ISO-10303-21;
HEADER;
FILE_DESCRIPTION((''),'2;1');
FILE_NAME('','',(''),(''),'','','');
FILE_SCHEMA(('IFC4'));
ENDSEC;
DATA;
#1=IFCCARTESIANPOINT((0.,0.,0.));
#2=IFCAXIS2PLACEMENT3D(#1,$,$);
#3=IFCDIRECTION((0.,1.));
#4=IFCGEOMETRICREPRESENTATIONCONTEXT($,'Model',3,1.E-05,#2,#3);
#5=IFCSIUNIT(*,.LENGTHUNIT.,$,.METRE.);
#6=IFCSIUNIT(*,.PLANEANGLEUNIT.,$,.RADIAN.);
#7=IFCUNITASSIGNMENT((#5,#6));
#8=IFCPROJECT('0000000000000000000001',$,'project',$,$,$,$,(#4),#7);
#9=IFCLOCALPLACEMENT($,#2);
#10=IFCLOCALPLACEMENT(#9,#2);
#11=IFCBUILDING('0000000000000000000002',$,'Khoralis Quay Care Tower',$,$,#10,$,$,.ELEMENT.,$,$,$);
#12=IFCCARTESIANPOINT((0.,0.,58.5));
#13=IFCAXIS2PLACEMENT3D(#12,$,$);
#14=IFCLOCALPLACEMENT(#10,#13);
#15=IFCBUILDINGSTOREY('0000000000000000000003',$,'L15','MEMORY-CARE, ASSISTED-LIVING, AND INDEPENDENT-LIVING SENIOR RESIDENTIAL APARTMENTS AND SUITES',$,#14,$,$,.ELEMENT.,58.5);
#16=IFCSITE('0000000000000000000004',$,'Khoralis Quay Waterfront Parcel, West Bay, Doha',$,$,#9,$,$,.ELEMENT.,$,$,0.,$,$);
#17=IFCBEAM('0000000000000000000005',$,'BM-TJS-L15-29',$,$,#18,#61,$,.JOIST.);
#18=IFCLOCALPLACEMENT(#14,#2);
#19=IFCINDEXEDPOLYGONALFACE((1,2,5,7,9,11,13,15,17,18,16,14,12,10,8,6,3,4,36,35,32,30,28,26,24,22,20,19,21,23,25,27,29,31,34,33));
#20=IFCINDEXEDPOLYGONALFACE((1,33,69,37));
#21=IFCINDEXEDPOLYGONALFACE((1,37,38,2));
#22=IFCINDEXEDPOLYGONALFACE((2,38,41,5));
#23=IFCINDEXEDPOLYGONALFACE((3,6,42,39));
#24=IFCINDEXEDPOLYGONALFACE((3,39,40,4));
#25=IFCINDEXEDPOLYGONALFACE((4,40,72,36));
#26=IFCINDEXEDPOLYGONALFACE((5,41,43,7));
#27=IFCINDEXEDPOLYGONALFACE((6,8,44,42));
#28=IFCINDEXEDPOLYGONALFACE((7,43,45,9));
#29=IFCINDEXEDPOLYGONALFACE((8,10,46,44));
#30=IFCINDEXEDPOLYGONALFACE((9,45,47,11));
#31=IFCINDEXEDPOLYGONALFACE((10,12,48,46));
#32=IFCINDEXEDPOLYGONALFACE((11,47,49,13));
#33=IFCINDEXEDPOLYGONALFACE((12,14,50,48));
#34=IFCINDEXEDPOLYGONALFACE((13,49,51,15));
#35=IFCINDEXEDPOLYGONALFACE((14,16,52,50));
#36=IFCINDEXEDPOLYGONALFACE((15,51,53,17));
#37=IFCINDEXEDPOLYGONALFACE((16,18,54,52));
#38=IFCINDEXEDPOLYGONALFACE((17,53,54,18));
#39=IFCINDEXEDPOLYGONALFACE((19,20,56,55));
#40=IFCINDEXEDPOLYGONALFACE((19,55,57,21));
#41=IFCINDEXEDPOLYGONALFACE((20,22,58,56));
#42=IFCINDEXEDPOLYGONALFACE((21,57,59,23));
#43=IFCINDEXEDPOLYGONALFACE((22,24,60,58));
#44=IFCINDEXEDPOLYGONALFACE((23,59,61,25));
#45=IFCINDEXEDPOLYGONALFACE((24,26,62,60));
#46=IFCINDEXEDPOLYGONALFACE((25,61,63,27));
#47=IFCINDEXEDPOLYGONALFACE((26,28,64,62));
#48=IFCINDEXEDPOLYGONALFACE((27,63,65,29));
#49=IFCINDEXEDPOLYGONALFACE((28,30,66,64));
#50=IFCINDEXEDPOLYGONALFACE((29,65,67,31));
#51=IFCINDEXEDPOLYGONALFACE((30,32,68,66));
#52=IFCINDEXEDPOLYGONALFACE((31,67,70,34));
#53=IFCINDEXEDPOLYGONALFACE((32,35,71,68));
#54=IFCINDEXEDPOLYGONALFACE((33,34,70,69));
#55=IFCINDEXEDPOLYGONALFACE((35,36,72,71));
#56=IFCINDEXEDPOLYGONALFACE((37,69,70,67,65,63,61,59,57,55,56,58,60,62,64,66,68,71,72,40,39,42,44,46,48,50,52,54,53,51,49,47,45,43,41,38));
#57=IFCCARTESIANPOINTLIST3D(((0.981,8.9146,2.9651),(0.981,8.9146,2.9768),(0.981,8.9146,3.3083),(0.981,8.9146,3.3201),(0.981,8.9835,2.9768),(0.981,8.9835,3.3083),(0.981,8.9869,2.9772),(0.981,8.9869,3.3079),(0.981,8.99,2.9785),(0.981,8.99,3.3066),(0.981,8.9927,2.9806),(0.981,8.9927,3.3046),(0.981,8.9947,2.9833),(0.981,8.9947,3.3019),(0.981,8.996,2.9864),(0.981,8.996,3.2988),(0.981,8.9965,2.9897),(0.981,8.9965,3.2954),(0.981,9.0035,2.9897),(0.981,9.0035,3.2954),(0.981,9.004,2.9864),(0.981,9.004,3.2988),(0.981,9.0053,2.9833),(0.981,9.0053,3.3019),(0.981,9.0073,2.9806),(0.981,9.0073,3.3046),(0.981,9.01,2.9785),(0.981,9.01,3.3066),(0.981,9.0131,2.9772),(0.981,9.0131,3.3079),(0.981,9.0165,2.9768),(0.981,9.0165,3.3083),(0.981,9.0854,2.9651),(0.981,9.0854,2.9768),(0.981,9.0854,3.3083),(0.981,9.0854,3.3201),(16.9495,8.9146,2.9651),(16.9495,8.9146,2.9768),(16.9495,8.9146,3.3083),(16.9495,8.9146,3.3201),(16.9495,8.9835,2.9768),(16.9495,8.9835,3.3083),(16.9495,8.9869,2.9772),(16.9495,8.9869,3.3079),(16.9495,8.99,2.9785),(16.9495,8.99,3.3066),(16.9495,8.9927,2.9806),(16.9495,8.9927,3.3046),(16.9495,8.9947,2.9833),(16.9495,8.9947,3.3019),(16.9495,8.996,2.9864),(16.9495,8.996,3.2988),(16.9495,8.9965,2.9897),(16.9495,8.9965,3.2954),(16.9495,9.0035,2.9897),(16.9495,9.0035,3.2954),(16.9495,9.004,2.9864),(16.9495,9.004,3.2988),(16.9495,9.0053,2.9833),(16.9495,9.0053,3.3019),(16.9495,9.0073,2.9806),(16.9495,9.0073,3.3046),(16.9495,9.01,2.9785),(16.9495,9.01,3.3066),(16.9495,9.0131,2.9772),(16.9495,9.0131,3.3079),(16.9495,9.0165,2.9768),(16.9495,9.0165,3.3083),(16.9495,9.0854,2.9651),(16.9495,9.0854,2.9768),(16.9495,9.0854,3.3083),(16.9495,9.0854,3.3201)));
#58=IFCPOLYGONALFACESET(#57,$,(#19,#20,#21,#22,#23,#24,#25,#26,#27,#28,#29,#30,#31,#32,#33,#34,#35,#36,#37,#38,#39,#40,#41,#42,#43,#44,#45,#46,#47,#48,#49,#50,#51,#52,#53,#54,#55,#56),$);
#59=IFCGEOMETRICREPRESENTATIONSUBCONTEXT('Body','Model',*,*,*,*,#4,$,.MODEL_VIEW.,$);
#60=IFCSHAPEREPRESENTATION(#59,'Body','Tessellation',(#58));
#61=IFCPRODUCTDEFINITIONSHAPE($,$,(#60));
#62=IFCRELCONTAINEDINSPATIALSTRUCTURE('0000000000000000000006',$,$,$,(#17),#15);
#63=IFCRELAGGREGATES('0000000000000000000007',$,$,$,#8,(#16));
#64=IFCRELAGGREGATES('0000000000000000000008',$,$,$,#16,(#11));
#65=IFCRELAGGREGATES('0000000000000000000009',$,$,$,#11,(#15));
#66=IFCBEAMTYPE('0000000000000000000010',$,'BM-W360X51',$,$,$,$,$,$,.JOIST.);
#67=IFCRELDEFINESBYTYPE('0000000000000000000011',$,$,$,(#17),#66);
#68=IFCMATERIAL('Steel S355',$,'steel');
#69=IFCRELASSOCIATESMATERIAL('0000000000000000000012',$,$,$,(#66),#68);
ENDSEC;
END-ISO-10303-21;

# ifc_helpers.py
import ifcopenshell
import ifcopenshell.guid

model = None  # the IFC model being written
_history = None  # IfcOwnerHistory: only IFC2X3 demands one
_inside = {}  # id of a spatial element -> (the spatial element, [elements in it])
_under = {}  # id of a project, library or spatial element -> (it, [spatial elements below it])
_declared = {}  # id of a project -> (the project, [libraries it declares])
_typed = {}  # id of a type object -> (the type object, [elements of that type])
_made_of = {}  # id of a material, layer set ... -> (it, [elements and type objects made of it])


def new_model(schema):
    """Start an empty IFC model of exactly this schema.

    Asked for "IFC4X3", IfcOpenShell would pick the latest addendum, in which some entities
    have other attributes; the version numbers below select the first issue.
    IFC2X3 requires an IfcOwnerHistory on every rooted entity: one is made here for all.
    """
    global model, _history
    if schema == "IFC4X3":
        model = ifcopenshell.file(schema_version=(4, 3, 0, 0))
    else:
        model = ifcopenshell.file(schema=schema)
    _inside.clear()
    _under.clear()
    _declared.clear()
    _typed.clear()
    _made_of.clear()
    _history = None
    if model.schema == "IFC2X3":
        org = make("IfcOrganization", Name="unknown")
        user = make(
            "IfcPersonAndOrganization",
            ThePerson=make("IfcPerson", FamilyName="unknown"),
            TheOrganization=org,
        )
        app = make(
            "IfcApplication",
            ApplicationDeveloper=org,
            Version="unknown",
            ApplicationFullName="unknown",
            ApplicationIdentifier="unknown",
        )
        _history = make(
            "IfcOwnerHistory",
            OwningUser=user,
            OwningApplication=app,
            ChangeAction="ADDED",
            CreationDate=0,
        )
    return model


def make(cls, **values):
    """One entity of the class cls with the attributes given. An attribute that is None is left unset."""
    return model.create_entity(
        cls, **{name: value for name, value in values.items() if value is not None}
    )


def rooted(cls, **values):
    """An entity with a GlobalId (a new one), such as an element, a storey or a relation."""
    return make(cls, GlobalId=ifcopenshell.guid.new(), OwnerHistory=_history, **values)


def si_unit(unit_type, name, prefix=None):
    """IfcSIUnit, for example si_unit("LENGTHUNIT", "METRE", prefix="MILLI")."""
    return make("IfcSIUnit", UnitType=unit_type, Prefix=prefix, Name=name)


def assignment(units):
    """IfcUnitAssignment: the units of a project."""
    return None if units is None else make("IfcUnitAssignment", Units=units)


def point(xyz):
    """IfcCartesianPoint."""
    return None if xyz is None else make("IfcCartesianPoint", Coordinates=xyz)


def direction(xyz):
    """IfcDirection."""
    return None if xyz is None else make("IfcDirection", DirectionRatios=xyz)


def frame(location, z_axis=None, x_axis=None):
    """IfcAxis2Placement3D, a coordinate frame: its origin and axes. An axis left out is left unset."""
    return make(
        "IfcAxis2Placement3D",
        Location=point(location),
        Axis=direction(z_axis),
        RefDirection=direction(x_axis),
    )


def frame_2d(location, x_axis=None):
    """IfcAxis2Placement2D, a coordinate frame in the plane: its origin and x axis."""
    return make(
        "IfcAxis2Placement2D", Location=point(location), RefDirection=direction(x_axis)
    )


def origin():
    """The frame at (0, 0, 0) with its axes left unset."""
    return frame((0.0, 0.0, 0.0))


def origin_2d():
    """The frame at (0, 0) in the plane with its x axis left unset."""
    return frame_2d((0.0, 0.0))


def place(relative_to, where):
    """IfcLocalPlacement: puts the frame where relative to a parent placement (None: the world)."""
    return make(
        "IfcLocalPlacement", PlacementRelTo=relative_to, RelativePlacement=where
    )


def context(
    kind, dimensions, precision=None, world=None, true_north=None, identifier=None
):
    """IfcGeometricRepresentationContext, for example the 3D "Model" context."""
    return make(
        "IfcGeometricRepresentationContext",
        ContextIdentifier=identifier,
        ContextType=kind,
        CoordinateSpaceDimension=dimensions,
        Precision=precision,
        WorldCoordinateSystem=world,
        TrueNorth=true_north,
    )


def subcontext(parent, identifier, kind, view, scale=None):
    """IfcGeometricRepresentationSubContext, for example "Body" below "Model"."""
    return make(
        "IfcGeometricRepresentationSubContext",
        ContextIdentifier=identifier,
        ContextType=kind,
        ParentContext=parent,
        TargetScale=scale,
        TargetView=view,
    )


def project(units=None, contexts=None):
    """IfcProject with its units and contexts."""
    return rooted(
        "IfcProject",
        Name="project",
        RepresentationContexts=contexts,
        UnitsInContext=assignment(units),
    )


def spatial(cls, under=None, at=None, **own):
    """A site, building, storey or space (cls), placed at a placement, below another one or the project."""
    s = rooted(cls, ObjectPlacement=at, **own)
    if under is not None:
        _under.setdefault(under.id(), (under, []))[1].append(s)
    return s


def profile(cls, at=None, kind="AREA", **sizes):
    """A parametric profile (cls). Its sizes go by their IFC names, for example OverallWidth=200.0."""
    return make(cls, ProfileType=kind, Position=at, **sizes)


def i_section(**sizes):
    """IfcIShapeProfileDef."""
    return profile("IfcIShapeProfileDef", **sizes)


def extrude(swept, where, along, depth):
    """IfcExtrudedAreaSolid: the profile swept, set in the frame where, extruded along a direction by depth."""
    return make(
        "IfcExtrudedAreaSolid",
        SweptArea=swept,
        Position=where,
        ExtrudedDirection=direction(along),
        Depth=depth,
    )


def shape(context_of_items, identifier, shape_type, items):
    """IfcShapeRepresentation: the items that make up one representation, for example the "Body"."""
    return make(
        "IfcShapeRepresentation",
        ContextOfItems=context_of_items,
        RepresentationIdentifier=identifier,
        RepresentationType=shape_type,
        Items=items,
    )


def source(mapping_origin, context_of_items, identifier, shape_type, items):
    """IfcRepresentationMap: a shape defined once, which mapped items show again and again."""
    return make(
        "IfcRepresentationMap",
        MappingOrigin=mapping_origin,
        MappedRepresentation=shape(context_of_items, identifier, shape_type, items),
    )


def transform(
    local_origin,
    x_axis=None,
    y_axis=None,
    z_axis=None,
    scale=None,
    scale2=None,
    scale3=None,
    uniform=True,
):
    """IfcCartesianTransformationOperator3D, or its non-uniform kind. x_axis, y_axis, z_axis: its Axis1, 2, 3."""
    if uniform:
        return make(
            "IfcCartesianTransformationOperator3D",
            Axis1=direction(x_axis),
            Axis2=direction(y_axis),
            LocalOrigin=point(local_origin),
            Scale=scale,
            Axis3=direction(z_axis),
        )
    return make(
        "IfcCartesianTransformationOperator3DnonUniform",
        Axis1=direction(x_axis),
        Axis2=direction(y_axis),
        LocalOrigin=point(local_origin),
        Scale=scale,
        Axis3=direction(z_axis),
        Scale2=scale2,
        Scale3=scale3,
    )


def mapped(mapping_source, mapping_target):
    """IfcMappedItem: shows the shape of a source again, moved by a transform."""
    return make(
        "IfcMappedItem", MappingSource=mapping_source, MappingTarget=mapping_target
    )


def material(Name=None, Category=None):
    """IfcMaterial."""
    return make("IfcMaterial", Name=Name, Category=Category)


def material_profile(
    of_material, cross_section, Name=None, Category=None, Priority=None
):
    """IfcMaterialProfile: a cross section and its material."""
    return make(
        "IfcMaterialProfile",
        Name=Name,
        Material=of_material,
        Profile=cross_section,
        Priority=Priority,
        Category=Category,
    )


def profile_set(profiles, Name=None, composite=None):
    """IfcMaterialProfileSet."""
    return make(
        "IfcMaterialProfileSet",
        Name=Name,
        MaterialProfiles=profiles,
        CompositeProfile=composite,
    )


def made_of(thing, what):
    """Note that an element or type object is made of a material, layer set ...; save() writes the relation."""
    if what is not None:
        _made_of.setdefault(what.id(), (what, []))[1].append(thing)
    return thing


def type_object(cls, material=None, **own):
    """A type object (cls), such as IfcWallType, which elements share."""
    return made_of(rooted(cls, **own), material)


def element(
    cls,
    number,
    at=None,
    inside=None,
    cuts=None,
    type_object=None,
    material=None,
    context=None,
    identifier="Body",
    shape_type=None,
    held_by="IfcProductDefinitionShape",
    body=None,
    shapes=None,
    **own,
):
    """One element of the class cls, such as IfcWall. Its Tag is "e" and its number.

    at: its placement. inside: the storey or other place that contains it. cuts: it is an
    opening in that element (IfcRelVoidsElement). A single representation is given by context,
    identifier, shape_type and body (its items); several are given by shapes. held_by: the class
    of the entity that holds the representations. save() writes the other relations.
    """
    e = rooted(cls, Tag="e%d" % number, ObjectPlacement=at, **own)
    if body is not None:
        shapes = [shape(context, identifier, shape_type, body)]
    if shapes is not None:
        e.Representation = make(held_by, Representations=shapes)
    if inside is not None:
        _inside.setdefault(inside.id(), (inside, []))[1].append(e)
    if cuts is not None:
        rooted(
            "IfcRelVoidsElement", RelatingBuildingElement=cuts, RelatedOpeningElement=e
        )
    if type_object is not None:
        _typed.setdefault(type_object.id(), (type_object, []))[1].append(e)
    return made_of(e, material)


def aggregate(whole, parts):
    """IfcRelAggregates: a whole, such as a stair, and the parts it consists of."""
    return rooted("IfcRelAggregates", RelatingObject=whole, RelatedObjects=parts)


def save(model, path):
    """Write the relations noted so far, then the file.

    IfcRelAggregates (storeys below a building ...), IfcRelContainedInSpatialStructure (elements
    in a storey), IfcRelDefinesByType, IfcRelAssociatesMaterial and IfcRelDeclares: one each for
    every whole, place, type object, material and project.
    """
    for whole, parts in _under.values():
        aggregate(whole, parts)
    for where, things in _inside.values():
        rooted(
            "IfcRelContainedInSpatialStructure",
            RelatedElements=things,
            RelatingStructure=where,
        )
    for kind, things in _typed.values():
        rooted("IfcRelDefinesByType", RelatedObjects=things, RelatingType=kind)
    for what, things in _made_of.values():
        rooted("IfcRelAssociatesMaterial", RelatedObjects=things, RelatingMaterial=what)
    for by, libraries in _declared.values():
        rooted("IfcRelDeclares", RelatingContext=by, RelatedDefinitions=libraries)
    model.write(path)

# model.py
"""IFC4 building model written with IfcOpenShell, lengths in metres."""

from ifc_helpers import new_model, si_unit, direction, frame, origin, origin_2d, place, context, subcontext, project, spatial, i_section, extrude, source, transform, mapped, material, material_profile, profile_set, type_object, element, save


model = new_model("IFC4")

# Units and contexts
model_context = context("Model", 3, precision=1e-05, world=origin(), true_north=direction((0.0, 1.0)))
body_context = subcontext(model_context, "Body", "Model", "MODEL_VIEW")
ifc_project = project(units=[si_unit("LENGTHUNIT", "METRE"), si_unit("PLANEANGLEUNIT", "RADIAN")], contexts=[model_context])

# Site, building, storey
site_placement = place(None, origin())
site = spatial("IfcSite", under=ifc_project, at=site_placement, Name="Khoralis Quay Waterfront Parcel, West Bay, Doha", CompositionType="ELEMENT", RefElevation=0.0)
building_placement = place(site_placement, origin())
building = spatial("IfcBuilding", under=site, at=building_placement, Name="Khoralis Quay Care Tower", CompositionType="ELEMENT")
storey_placement = place(building_placement, frame((0.0, 0.0, 58.5)))
storey = spatial("IfcBuildingStorey", under=building, at=storey_placement, Name="L15", Description="MEMORY-CARE, ASSISTED-LIVING, AND INDEPENDENT-LIVING SENIOR RESIDENTIAL APARTMENTS AND SUITES", CompositionType="ELEMENT", Elevation=58.5)

# Beam
ifc_material_1 = material(Name="Steel S355", Category="steel")
ifc_material_profile_1 = material_profile(ifc_material_1, i_section(OverallWidth=0.1709, OverallDepth=0.355, WebThickness=0.0071, FlangeThickness=0.0117, FilletRadius=0.0129, at=origin_2d()), Name="Steel S355")
ifc_profile_set_1 = profile_set([ifc_material_profile_1], Name="Steel S355")
beam_type_1 = type_object("IfcBeamType", Name="BM-W360X51", PredefinedType="JOIST", material=ifc_profile_set_1)
shared_shape_1 = source(origin(), body_context, "Body", "SweptSolid", [
    extrude(i_section(OverallWidth=0.1709, OverallDepth=0.355, WebThickness=0.0071, FlangeThickness=0.0117, FilletRadius=0.0129, at=origin_2d()), origin(), (0.0, 0.0, 1.0), 15.9685),
])
beam_1_placement = place(storey_placement, frame((0.981, 9.0, 3.1426), z_axis=(1.0, 0.0, 0.0), x_axis=(0.0, 1.0, 0.0)))
element("IfcBeam", 1, at=beam_1_placement, inside=storey, type_object=beam_type_1, Name="BM-TJS-L15-29", PredefinedType="JOIST", context=body_context, shape_type="MappedRepresentation", body=[
    mapped(shared_shape_1, transform((0.0, 0.0, 0.0), scale=1.0)),
])

save(model, "model.ifc")
